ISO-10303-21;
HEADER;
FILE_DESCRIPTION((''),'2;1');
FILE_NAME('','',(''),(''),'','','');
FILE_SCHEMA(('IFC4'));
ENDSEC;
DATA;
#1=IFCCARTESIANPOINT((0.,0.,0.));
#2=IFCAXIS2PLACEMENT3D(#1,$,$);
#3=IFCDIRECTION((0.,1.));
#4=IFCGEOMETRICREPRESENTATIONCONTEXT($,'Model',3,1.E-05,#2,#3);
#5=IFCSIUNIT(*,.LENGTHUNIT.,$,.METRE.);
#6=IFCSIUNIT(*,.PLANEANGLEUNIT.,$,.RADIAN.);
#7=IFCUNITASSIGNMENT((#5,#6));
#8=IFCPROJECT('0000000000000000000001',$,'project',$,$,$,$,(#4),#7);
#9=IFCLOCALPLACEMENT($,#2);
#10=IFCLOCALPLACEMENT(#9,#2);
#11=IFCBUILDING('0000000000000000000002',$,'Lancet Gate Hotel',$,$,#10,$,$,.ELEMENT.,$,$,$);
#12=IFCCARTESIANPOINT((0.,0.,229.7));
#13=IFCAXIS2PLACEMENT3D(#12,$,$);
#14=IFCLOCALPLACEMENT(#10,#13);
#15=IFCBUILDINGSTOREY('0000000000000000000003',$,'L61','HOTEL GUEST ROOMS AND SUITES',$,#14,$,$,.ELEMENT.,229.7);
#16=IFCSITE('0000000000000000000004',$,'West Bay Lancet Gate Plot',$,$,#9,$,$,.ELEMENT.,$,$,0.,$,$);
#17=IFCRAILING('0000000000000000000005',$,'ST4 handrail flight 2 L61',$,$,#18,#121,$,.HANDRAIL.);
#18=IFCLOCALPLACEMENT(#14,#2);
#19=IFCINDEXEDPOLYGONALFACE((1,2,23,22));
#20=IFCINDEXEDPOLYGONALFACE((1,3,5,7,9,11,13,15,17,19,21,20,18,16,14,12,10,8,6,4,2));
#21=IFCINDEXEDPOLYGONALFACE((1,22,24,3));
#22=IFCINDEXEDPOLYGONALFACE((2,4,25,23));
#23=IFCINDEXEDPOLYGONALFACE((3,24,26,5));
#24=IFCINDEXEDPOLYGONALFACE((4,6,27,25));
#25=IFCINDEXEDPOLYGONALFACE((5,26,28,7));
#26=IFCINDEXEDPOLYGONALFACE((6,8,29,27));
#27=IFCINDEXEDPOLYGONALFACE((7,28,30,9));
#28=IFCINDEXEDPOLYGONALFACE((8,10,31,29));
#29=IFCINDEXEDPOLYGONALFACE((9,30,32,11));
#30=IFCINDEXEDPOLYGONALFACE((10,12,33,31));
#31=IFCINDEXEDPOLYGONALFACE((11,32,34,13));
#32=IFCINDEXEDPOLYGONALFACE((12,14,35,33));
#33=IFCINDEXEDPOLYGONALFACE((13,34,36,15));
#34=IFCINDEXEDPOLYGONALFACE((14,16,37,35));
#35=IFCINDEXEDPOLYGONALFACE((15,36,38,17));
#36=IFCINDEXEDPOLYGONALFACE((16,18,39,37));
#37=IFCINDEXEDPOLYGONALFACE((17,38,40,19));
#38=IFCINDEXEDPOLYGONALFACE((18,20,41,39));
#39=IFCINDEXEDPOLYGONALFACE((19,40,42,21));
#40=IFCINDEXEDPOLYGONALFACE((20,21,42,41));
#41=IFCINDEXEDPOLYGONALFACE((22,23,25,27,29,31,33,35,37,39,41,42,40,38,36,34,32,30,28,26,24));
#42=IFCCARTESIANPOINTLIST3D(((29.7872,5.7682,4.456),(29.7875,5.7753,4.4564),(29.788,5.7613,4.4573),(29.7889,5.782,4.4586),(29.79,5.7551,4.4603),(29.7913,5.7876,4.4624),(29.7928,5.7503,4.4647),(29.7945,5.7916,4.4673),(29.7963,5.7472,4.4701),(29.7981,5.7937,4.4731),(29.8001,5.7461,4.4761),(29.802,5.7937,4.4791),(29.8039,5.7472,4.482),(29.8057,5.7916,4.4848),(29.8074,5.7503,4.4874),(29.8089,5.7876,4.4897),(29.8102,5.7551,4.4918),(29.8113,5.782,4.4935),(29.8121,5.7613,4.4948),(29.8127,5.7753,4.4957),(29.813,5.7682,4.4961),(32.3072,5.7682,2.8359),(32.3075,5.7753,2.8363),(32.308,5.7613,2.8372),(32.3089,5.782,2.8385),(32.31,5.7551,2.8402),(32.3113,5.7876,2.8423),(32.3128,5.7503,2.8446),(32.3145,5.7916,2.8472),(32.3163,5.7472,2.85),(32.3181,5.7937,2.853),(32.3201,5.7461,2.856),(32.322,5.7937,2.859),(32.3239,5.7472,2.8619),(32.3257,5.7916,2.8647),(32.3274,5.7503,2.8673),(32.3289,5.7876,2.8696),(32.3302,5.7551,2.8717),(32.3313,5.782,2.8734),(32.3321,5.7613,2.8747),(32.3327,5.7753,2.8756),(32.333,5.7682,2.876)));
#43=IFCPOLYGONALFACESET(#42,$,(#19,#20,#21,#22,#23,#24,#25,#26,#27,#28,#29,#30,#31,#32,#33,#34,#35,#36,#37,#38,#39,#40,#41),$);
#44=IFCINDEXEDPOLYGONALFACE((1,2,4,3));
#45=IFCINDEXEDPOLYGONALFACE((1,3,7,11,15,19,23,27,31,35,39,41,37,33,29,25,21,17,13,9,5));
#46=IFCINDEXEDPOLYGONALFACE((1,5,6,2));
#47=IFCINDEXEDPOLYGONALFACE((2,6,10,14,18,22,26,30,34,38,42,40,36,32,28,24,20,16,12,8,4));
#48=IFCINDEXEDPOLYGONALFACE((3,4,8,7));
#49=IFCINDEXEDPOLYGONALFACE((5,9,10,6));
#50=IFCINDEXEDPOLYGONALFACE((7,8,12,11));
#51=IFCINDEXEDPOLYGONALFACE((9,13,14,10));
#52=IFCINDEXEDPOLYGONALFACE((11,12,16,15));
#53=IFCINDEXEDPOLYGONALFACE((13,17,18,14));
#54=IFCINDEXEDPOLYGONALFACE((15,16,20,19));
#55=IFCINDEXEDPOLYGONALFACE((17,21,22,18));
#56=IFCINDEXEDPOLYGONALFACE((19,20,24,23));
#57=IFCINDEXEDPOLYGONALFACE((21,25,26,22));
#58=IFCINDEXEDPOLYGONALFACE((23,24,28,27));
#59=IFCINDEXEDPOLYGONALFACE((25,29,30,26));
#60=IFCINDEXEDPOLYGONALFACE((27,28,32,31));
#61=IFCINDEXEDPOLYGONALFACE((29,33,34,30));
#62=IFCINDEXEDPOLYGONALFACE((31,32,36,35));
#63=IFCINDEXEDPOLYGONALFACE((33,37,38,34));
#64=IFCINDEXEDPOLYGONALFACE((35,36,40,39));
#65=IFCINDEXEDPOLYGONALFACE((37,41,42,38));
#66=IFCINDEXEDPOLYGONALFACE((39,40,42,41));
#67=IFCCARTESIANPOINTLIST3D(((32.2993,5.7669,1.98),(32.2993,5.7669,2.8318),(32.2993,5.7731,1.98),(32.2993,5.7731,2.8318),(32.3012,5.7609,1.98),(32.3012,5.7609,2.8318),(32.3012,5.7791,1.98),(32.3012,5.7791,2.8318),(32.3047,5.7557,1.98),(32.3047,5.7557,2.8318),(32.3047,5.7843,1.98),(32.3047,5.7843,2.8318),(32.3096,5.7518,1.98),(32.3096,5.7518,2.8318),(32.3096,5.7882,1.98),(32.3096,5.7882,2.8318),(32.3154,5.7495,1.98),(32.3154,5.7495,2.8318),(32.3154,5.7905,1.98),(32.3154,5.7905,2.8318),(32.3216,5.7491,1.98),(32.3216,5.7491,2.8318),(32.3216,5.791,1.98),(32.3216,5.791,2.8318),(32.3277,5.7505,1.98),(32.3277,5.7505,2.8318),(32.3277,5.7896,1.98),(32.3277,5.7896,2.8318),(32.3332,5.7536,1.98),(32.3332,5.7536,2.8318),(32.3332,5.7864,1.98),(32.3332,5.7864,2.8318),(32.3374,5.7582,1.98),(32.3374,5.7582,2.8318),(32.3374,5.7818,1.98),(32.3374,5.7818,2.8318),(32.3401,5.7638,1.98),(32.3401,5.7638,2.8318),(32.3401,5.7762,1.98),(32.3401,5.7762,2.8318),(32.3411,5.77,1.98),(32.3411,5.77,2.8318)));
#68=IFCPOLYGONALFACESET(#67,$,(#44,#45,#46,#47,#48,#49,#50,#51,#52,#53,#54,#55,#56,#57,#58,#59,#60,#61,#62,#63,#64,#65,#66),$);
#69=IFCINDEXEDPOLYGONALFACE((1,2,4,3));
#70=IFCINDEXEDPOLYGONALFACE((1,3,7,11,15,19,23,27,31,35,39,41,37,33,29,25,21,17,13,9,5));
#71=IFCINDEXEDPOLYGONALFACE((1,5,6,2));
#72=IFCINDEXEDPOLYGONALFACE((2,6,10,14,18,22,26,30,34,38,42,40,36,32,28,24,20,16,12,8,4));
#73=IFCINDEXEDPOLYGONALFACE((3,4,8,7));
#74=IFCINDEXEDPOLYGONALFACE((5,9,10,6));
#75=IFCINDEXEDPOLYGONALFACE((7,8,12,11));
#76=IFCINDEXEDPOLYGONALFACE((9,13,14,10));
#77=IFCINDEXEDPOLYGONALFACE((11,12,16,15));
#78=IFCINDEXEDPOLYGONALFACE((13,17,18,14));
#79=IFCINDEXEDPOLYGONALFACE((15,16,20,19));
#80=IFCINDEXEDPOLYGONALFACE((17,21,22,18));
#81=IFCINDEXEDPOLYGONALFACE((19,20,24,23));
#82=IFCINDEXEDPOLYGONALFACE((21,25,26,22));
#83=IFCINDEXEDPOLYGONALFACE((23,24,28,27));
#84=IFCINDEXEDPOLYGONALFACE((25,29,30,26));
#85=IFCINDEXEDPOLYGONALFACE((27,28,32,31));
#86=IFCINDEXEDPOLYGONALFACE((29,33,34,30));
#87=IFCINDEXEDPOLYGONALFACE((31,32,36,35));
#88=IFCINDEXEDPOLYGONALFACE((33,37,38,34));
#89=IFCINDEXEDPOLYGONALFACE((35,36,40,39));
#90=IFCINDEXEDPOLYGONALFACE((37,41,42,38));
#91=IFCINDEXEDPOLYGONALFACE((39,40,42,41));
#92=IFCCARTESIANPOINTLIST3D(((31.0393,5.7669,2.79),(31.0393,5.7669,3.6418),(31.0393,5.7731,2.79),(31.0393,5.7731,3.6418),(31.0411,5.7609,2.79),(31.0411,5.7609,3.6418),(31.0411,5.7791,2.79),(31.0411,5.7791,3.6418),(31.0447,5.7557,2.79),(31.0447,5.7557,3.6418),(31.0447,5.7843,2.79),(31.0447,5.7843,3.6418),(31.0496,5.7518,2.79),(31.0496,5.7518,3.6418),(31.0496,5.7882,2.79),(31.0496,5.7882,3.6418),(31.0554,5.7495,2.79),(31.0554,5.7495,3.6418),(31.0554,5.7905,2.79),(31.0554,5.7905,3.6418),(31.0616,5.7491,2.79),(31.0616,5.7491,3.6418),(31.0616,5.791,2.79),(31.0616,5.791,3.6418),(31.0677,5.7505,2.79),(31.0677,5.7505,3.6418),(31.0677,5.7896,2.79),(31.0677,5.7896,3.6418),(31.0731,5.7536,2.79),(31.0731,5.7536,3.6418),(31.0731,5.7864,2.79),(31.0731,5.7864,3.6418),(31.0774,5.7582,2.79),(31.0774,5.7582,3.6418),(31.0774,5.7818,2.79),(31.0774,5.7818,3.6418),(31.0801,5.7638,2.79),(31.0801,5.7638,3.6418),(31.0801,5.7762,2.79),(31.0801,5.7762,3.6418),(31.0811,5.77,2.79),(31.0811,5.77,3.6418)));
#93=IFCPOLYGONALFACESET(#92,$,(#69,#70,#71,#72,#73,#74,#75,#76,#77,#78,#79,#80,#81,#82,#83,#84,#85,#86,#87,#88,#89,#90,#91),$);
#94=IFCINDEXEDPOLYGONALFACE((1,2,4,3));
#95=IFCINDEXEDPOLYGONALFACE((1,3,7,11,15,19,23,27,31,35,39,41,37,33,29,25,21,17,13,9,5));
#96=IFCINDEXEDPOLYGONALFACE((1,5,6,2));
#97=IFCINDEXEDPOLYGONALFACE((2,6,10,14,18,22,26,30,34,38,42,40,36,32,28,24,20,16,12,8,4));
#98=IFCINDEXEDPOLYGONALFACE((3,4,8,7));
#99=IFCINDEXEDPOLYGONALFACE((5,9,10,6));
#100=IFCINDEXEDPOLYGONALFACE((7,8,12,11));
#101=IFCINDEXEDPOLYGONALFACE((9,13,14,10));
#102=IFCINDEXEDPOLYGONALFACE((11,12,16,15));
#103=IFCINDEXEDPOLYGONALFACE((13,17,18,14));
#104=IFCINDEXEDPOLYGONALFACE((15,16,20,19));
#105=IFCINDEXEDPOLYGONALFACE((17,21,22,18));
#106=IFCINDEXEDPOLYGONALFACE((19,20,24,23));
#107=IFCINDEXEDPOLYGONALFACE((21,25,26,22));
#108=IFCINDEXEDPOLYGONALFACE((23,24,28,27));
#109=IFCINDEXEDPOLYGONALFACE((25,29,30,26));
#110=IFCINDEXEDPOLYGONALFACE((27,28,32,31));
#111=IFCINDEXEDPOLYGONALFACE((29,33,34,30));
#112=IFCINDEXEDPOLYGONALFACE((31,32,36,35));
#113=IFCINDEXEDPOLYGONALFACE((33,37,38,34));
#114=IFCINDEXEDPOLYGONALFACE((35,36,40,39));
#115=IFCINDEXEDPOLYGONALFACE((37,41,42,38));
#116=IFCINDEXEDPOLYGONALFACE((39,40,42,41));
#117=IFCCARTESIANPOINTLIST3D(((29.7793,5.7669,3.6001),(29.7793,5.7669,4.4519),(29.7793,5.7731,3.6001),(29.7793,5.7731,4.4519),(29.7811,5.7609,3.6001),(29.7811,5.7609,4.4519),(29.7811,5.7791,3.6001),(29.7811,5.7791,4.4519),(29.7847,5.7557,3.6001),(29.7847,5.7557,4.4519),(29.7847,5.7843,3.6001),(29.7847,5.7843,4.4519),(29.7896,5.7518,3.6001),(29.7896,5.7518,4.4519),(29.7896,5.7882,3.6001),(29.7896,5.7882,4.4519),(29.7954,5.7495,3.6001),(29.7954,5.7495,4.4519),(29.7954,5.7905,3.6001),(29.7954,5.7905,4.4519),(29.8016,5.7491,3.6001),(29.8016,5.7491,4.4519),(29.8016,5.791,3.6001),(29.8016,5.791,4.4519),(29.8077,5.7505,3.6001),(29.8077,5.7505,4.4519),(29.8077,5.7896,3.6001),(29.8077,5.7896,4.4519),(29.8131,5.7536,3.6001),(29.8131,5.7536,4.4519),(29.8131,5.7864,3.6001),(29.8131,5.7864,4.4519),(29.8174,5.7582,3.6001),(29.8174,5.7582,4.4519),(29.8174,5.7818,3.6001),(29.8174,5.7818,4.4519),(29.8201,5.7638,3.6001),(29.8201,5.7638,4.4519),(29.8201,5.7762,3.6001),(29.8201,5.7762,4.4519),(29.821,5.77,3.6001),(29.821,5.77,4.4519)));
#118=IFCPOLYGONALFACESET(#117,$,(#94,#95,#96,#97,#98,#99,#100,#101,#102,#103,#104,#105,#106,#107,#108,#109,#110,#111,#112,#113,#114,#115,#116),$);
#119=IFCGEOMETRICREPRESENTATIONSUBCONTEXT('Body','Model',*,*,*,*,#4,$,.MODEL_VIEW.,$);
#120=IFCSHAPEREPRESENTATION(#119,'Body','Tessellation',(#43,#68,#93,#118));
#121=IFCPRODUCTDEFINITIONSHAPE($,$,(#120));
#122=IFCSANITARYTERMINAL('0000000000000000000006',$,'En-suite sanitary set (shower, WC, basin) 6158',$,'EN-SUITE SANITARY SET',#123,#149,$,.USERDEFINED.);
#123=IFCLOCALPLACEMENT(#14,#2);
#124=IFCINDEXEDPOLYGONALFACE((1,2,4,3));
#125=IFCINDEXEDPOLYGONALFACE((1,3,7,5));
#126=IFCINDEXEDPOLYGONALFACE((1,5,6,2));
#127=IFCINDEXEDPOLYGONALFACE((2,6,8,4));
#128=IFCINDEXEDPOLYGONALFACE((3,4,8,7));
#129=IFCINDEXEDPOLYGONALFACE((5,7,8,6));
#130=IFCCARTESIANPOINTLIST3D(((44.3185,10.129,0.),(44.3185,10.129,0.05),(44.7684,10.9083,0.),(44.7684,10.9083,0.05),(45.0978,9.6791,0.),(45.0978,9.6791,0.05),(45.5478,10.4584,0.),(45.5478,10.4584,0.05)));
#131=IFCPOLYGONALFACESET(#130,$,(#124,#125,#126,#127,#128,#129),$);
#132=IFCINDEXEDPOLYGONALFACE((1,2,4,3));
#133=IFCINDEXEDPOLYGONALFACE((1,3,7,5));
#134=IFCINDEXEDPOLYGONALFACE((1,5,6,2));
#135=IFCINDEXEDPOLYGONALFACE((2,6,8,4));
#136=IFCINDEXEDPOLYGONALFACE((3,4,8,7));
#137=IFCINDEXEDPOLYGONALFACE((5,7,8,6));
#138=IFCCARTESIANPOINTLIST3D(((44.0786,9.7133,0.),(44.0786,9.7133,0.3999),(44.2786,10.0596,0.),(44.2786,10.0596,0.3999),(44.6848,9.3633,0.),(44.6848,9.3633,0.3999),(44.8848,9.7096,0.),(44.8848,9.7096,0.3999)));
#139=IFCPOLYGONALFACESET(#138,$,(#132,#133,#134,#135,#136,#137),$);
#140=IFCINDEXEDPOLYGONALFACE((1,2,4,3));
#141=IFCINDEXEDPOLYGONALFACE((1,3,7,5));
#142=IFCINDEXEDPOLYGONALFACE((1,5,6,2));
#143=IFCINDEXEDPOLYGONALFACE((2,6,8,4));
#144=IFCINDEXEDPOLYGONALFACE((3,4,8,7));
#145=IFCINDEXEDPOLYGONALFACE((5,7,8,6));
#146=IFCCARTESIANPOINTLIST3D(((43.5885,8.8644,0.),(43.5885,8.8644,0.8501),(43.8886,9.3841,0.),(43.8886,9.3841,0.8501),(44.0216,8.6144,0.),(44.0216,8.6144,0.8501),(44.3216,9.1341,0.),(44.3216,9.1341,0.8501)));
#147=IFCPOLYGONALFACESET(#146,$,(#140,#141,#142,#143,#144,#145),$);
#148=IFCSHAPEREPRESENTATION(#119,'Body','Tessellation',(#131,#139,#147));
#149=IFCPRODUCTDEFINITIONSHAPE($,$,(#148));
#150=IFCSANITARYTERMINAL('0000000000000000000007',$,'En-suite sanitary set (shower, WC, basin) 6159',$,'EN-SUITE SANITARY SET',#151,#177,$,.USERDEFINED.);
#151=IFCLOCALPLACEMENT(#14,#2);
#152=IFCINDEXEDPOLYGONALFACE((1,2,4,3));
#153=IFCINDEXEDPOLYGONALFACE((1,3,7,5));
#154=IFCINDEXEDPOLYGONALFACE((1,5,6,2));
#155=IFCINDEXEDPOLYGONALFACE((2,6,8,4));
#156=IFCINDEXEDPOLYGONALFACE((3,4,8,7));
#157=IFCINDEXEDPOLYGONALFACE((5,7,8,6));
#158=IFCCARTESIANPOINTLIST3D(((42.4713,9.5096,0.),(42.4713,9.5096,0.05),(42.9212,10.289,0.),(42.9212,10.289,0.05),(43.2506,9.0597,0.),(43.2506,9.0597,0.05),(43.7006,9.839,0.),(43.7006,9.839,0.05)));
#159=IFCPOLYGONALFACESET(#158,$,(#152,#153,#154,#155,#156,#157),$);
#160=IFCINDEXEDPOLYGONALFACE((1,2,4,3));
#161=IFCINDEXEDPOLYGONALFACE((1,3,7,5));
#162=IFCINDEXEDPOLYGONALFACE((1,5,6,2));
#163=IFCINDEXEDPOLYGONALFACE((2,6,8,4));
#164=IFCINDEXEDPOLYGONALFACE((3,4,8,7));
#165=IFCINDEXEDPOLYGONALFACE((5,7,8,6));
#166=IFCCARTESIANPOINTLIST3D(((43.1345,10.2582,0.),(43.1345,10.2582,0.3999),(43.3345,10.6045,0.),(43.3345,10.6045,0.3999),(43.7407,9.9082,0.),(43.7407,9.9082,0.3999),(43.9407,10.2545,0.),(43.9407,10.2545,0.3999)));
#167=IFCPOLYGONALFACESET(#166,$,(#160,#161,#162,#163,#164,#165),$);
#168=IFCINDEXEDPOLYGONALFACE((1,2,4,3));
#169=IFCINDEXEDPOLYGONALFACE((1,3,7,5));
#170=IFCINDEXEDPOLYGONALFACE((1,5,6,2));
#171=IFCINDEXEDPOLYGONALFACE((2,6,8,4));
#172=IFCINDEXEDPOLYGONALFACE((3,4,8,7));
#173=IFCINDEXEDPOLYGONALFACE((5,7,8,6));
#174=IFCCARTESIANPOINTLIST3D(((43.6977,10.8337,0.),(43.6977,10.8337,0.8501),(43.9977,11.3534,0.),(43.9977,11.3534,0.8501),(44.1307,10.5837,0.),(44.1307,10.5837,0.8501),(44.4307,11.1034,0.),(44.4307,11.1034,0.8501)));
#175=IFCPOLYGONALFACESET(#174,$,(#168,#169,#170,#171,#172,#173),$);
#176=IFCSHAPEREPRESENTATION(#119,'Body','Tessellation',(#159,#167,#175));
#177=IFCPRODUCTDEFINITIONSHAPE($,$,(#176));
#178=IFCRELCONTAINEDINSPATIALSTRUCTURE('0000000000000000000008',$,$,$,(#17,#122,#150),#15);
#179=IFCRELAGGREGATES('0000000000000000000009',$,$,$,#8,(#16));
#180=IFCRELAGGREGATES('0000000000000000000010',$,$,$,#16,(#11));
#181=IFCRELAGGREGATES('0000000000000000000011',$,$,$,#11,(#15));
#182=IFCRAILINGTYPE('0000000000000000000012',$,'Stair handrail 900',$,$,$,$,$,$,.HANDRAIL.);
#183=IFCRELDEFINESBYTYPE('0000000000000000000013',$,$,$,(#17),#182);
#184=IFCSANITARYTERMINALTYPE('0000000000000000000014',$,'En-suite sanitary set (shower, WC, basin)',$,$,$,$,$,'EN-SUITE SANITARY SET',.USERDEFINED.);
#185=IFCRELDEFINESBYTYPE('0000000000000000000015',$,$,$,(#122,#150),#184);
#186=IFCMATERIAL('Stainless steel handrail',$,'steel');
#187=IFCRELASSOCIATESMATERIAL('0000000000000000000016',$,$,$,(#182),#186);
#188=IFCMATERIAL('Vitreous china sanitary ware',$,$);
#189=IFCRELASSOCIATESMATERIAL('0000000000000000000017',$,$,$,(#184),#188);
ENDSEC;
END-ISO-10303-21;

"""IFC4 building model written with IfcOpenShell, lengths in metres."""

from ifc_helpers import new_model, si_unit, direction, frame, origin, origin_2d, place, context, subcontext, project, spatial, rectangle, circle, extrude, material, type_object, element, save


model = new_model("IFC4")

# Units and contexts
model_context = context("Model", 3, precision=1e-05, world=origin(), true_north=direction((0.0, 1.0)))
body_context = subcontext(model_context, "Body", "Model", "MODEL_VIEW")
ifc_project = project(units=[si_unit("LENGTHUNIT", "METRE"), si_unit("PLANEANGLEUNIT", "RADIAN")], contexts=[model_context])

# Site, building, storey
site_placement = place(None, origin())
site = spatial("IfcSite", under=ifc_project, at=site_placement, Name="West Bay Lancet Gate Plot", CompositionType="ELEMENT", RefElevation=0.0)
building_placement = place(site_placement, origin())
building = spatial("IfcBuilding", under=site, at=building_placement, Name="Lancet Gate Hotel", CompositionType="ELEMENT")
storey_placement = place(building_placement, frame((0.0, 0.0, 229.7)))
storey = spatial("IfcBuildingStorey", under=building, at=storey_placement, Name="L61", Description="HOTEL GUEST ROOMS AND SUITES", CompositionType="ELEMENT", Elevation=229.7)

# Railing
ifc_material_1 = material(Name="Stainless steel handrail", Category="steel")
railing_type = type_object("IfcRailingType", Name="Stair handrail 900", PredefinedType="HANDRAIL", material=ifc_material_1)
railing_1_placement = place(storey_placement, frame((32.3201, 5.77, 1.98)))
element("IfcRailing", 1, at=railing_1_placement, inside=storey, type_object=railing_type, Name="ST4 handrail flight 2 L61", PredefinedType="HANDRAIL", context=body_context, shape_type="SweptSolid", body=[
    extrude(circle(Radius=0.0239, at=origin_2d()), frame((0.0, 0.0, 0.876), z_axis=(-0.841163, 0.0, 0.540782), x_axis=(0.0, -1.0, 0.0)), (0.0, 0.0, 1.0), 2.9958),
    extrude(circle(Radius=0.021, at=origin_2d()), origin(), (0.0, 0.0, 1.0), 0.8518),
    extrude(circle(Radius=0.021, at=origin_2d()), frame((-1.26, 0.0, 0.8101)), (0.0, 0.0, 1.0), 0.8518),
    extrude(circle(Radius=0.021, at=origin_2d()), frame((-2.52, 0.0, 1.6201)), (0.0, 0.0, 1.0), 0.8518),
])

# Sanitary terminals
ifc_material_2 = material(Name="Vitreous china sanitary ware")
sanitary_terminal_type = type_object("IfcSanitaryTerminalType", Name="En-suite sanitary set (shower, WC, basin)", ElementType="EN-SUITE SANITARY SET", PredefinedType="USERDEFINED", material=ifc_material_2)
sanitary_terminal_1_placement = place(storey_placement, frame((44.9331, 10.2937, 0.0), z_axis=(0.0, 0.0, 1.0), x_axis=(1.0, 0.0, 0.0)))
element("IfcSanitaryTerminal", 2, at=sanitary_terminal_1_placement, inside=storey, type_object=sanitary_terminal_type, Name="En-suite sanitary set (shower, WC, basin) 6158", ObjectType="EN-SUITE SANITARY SET", PredefinedType="USERDEFINED", context=body_context, shape_type="SweptSolid", body=[
    extrude(rectangle(XDim=0.8999, YDim=0.8999, at=origin_2d()), frame((0.0, 0.0, 0.0), z_axis=(0.0, 0.0, 1.0), x_axis=(0.5, 0.866025, 0.0)), (0.0, 0.0, 1.0), 0.05),
    extrude(rectangle(XDim=0.3999, YDim=0.7, at=origin_2d()), frame((-0.4514, -0.5823, 0.0), z_axis=(0.0, 0.0, 1.0), x_axis=(0.5, 0.866025, 0.0)), (0.0, 0.0, 1.0), 0.3999),
    extrude(rectangle(XDim=0.6001, YDim=0.5, at=origin_2d()), frame((-0.978, -1.2944, 0.0), z_axis=(0.0, 0.0, 1.0), x_axis=(0.5, 0.866025, 0.0)), (0.0, 0.0, 1.0), 0.8501),
])
sanitary_terminal_2_placement = place(storey_placement, frame((43.0859, 9.6743, 0.0), z_axis=(0.0, 0.0, 1.0), x_axis=(1.0, 0.0, 0.0)))
element("IfcSanitaryTerminal", 3, at=sanitary_terminal_2_placement, inside=storey, type_object=sanitary_terminal_type, Name="En-suite sanitary set (shower, WC, basin) 6159", ObjectType="EN-SUITE SANITARY SET", PredefinedType="USERDEFINED", context=body_context, shape_type="SweptSolid", body=[
    extrude(rectangle(XDim=0.8999, YDim=0.8999, at=origin_2d()), frame((0.0, 0.0, 0.0), z_axis=(0.0, 0.0, 1.0), x_axis=(-0.5, -0.866025, 0.0)), (0.0, 0.0, 1.0), 0.05),
    extrude(rectangle(XDim=0.3999, YDim=0.7, at=origin_2d()), frame((0.4517, 0.582, 0.0), z_axis=(0.0, 0.0, 1.0), x_axis=(-0.5, -0.866025, 0.0)), (0.0, 0.0, 1.0), 0.3999),
    extrude(rectangle(XDim=0.6001, YDim=0.5, at=origin_2d()), frame((0.9783, 1.2942, 0.0), z_axis=(0.0, 0.0, 1.0), x_axis=(-0.5, -0.866025, 0.0)), (0.0, 0.0, 1.0), 0.8501),
])

save(model, "model.ifc")
